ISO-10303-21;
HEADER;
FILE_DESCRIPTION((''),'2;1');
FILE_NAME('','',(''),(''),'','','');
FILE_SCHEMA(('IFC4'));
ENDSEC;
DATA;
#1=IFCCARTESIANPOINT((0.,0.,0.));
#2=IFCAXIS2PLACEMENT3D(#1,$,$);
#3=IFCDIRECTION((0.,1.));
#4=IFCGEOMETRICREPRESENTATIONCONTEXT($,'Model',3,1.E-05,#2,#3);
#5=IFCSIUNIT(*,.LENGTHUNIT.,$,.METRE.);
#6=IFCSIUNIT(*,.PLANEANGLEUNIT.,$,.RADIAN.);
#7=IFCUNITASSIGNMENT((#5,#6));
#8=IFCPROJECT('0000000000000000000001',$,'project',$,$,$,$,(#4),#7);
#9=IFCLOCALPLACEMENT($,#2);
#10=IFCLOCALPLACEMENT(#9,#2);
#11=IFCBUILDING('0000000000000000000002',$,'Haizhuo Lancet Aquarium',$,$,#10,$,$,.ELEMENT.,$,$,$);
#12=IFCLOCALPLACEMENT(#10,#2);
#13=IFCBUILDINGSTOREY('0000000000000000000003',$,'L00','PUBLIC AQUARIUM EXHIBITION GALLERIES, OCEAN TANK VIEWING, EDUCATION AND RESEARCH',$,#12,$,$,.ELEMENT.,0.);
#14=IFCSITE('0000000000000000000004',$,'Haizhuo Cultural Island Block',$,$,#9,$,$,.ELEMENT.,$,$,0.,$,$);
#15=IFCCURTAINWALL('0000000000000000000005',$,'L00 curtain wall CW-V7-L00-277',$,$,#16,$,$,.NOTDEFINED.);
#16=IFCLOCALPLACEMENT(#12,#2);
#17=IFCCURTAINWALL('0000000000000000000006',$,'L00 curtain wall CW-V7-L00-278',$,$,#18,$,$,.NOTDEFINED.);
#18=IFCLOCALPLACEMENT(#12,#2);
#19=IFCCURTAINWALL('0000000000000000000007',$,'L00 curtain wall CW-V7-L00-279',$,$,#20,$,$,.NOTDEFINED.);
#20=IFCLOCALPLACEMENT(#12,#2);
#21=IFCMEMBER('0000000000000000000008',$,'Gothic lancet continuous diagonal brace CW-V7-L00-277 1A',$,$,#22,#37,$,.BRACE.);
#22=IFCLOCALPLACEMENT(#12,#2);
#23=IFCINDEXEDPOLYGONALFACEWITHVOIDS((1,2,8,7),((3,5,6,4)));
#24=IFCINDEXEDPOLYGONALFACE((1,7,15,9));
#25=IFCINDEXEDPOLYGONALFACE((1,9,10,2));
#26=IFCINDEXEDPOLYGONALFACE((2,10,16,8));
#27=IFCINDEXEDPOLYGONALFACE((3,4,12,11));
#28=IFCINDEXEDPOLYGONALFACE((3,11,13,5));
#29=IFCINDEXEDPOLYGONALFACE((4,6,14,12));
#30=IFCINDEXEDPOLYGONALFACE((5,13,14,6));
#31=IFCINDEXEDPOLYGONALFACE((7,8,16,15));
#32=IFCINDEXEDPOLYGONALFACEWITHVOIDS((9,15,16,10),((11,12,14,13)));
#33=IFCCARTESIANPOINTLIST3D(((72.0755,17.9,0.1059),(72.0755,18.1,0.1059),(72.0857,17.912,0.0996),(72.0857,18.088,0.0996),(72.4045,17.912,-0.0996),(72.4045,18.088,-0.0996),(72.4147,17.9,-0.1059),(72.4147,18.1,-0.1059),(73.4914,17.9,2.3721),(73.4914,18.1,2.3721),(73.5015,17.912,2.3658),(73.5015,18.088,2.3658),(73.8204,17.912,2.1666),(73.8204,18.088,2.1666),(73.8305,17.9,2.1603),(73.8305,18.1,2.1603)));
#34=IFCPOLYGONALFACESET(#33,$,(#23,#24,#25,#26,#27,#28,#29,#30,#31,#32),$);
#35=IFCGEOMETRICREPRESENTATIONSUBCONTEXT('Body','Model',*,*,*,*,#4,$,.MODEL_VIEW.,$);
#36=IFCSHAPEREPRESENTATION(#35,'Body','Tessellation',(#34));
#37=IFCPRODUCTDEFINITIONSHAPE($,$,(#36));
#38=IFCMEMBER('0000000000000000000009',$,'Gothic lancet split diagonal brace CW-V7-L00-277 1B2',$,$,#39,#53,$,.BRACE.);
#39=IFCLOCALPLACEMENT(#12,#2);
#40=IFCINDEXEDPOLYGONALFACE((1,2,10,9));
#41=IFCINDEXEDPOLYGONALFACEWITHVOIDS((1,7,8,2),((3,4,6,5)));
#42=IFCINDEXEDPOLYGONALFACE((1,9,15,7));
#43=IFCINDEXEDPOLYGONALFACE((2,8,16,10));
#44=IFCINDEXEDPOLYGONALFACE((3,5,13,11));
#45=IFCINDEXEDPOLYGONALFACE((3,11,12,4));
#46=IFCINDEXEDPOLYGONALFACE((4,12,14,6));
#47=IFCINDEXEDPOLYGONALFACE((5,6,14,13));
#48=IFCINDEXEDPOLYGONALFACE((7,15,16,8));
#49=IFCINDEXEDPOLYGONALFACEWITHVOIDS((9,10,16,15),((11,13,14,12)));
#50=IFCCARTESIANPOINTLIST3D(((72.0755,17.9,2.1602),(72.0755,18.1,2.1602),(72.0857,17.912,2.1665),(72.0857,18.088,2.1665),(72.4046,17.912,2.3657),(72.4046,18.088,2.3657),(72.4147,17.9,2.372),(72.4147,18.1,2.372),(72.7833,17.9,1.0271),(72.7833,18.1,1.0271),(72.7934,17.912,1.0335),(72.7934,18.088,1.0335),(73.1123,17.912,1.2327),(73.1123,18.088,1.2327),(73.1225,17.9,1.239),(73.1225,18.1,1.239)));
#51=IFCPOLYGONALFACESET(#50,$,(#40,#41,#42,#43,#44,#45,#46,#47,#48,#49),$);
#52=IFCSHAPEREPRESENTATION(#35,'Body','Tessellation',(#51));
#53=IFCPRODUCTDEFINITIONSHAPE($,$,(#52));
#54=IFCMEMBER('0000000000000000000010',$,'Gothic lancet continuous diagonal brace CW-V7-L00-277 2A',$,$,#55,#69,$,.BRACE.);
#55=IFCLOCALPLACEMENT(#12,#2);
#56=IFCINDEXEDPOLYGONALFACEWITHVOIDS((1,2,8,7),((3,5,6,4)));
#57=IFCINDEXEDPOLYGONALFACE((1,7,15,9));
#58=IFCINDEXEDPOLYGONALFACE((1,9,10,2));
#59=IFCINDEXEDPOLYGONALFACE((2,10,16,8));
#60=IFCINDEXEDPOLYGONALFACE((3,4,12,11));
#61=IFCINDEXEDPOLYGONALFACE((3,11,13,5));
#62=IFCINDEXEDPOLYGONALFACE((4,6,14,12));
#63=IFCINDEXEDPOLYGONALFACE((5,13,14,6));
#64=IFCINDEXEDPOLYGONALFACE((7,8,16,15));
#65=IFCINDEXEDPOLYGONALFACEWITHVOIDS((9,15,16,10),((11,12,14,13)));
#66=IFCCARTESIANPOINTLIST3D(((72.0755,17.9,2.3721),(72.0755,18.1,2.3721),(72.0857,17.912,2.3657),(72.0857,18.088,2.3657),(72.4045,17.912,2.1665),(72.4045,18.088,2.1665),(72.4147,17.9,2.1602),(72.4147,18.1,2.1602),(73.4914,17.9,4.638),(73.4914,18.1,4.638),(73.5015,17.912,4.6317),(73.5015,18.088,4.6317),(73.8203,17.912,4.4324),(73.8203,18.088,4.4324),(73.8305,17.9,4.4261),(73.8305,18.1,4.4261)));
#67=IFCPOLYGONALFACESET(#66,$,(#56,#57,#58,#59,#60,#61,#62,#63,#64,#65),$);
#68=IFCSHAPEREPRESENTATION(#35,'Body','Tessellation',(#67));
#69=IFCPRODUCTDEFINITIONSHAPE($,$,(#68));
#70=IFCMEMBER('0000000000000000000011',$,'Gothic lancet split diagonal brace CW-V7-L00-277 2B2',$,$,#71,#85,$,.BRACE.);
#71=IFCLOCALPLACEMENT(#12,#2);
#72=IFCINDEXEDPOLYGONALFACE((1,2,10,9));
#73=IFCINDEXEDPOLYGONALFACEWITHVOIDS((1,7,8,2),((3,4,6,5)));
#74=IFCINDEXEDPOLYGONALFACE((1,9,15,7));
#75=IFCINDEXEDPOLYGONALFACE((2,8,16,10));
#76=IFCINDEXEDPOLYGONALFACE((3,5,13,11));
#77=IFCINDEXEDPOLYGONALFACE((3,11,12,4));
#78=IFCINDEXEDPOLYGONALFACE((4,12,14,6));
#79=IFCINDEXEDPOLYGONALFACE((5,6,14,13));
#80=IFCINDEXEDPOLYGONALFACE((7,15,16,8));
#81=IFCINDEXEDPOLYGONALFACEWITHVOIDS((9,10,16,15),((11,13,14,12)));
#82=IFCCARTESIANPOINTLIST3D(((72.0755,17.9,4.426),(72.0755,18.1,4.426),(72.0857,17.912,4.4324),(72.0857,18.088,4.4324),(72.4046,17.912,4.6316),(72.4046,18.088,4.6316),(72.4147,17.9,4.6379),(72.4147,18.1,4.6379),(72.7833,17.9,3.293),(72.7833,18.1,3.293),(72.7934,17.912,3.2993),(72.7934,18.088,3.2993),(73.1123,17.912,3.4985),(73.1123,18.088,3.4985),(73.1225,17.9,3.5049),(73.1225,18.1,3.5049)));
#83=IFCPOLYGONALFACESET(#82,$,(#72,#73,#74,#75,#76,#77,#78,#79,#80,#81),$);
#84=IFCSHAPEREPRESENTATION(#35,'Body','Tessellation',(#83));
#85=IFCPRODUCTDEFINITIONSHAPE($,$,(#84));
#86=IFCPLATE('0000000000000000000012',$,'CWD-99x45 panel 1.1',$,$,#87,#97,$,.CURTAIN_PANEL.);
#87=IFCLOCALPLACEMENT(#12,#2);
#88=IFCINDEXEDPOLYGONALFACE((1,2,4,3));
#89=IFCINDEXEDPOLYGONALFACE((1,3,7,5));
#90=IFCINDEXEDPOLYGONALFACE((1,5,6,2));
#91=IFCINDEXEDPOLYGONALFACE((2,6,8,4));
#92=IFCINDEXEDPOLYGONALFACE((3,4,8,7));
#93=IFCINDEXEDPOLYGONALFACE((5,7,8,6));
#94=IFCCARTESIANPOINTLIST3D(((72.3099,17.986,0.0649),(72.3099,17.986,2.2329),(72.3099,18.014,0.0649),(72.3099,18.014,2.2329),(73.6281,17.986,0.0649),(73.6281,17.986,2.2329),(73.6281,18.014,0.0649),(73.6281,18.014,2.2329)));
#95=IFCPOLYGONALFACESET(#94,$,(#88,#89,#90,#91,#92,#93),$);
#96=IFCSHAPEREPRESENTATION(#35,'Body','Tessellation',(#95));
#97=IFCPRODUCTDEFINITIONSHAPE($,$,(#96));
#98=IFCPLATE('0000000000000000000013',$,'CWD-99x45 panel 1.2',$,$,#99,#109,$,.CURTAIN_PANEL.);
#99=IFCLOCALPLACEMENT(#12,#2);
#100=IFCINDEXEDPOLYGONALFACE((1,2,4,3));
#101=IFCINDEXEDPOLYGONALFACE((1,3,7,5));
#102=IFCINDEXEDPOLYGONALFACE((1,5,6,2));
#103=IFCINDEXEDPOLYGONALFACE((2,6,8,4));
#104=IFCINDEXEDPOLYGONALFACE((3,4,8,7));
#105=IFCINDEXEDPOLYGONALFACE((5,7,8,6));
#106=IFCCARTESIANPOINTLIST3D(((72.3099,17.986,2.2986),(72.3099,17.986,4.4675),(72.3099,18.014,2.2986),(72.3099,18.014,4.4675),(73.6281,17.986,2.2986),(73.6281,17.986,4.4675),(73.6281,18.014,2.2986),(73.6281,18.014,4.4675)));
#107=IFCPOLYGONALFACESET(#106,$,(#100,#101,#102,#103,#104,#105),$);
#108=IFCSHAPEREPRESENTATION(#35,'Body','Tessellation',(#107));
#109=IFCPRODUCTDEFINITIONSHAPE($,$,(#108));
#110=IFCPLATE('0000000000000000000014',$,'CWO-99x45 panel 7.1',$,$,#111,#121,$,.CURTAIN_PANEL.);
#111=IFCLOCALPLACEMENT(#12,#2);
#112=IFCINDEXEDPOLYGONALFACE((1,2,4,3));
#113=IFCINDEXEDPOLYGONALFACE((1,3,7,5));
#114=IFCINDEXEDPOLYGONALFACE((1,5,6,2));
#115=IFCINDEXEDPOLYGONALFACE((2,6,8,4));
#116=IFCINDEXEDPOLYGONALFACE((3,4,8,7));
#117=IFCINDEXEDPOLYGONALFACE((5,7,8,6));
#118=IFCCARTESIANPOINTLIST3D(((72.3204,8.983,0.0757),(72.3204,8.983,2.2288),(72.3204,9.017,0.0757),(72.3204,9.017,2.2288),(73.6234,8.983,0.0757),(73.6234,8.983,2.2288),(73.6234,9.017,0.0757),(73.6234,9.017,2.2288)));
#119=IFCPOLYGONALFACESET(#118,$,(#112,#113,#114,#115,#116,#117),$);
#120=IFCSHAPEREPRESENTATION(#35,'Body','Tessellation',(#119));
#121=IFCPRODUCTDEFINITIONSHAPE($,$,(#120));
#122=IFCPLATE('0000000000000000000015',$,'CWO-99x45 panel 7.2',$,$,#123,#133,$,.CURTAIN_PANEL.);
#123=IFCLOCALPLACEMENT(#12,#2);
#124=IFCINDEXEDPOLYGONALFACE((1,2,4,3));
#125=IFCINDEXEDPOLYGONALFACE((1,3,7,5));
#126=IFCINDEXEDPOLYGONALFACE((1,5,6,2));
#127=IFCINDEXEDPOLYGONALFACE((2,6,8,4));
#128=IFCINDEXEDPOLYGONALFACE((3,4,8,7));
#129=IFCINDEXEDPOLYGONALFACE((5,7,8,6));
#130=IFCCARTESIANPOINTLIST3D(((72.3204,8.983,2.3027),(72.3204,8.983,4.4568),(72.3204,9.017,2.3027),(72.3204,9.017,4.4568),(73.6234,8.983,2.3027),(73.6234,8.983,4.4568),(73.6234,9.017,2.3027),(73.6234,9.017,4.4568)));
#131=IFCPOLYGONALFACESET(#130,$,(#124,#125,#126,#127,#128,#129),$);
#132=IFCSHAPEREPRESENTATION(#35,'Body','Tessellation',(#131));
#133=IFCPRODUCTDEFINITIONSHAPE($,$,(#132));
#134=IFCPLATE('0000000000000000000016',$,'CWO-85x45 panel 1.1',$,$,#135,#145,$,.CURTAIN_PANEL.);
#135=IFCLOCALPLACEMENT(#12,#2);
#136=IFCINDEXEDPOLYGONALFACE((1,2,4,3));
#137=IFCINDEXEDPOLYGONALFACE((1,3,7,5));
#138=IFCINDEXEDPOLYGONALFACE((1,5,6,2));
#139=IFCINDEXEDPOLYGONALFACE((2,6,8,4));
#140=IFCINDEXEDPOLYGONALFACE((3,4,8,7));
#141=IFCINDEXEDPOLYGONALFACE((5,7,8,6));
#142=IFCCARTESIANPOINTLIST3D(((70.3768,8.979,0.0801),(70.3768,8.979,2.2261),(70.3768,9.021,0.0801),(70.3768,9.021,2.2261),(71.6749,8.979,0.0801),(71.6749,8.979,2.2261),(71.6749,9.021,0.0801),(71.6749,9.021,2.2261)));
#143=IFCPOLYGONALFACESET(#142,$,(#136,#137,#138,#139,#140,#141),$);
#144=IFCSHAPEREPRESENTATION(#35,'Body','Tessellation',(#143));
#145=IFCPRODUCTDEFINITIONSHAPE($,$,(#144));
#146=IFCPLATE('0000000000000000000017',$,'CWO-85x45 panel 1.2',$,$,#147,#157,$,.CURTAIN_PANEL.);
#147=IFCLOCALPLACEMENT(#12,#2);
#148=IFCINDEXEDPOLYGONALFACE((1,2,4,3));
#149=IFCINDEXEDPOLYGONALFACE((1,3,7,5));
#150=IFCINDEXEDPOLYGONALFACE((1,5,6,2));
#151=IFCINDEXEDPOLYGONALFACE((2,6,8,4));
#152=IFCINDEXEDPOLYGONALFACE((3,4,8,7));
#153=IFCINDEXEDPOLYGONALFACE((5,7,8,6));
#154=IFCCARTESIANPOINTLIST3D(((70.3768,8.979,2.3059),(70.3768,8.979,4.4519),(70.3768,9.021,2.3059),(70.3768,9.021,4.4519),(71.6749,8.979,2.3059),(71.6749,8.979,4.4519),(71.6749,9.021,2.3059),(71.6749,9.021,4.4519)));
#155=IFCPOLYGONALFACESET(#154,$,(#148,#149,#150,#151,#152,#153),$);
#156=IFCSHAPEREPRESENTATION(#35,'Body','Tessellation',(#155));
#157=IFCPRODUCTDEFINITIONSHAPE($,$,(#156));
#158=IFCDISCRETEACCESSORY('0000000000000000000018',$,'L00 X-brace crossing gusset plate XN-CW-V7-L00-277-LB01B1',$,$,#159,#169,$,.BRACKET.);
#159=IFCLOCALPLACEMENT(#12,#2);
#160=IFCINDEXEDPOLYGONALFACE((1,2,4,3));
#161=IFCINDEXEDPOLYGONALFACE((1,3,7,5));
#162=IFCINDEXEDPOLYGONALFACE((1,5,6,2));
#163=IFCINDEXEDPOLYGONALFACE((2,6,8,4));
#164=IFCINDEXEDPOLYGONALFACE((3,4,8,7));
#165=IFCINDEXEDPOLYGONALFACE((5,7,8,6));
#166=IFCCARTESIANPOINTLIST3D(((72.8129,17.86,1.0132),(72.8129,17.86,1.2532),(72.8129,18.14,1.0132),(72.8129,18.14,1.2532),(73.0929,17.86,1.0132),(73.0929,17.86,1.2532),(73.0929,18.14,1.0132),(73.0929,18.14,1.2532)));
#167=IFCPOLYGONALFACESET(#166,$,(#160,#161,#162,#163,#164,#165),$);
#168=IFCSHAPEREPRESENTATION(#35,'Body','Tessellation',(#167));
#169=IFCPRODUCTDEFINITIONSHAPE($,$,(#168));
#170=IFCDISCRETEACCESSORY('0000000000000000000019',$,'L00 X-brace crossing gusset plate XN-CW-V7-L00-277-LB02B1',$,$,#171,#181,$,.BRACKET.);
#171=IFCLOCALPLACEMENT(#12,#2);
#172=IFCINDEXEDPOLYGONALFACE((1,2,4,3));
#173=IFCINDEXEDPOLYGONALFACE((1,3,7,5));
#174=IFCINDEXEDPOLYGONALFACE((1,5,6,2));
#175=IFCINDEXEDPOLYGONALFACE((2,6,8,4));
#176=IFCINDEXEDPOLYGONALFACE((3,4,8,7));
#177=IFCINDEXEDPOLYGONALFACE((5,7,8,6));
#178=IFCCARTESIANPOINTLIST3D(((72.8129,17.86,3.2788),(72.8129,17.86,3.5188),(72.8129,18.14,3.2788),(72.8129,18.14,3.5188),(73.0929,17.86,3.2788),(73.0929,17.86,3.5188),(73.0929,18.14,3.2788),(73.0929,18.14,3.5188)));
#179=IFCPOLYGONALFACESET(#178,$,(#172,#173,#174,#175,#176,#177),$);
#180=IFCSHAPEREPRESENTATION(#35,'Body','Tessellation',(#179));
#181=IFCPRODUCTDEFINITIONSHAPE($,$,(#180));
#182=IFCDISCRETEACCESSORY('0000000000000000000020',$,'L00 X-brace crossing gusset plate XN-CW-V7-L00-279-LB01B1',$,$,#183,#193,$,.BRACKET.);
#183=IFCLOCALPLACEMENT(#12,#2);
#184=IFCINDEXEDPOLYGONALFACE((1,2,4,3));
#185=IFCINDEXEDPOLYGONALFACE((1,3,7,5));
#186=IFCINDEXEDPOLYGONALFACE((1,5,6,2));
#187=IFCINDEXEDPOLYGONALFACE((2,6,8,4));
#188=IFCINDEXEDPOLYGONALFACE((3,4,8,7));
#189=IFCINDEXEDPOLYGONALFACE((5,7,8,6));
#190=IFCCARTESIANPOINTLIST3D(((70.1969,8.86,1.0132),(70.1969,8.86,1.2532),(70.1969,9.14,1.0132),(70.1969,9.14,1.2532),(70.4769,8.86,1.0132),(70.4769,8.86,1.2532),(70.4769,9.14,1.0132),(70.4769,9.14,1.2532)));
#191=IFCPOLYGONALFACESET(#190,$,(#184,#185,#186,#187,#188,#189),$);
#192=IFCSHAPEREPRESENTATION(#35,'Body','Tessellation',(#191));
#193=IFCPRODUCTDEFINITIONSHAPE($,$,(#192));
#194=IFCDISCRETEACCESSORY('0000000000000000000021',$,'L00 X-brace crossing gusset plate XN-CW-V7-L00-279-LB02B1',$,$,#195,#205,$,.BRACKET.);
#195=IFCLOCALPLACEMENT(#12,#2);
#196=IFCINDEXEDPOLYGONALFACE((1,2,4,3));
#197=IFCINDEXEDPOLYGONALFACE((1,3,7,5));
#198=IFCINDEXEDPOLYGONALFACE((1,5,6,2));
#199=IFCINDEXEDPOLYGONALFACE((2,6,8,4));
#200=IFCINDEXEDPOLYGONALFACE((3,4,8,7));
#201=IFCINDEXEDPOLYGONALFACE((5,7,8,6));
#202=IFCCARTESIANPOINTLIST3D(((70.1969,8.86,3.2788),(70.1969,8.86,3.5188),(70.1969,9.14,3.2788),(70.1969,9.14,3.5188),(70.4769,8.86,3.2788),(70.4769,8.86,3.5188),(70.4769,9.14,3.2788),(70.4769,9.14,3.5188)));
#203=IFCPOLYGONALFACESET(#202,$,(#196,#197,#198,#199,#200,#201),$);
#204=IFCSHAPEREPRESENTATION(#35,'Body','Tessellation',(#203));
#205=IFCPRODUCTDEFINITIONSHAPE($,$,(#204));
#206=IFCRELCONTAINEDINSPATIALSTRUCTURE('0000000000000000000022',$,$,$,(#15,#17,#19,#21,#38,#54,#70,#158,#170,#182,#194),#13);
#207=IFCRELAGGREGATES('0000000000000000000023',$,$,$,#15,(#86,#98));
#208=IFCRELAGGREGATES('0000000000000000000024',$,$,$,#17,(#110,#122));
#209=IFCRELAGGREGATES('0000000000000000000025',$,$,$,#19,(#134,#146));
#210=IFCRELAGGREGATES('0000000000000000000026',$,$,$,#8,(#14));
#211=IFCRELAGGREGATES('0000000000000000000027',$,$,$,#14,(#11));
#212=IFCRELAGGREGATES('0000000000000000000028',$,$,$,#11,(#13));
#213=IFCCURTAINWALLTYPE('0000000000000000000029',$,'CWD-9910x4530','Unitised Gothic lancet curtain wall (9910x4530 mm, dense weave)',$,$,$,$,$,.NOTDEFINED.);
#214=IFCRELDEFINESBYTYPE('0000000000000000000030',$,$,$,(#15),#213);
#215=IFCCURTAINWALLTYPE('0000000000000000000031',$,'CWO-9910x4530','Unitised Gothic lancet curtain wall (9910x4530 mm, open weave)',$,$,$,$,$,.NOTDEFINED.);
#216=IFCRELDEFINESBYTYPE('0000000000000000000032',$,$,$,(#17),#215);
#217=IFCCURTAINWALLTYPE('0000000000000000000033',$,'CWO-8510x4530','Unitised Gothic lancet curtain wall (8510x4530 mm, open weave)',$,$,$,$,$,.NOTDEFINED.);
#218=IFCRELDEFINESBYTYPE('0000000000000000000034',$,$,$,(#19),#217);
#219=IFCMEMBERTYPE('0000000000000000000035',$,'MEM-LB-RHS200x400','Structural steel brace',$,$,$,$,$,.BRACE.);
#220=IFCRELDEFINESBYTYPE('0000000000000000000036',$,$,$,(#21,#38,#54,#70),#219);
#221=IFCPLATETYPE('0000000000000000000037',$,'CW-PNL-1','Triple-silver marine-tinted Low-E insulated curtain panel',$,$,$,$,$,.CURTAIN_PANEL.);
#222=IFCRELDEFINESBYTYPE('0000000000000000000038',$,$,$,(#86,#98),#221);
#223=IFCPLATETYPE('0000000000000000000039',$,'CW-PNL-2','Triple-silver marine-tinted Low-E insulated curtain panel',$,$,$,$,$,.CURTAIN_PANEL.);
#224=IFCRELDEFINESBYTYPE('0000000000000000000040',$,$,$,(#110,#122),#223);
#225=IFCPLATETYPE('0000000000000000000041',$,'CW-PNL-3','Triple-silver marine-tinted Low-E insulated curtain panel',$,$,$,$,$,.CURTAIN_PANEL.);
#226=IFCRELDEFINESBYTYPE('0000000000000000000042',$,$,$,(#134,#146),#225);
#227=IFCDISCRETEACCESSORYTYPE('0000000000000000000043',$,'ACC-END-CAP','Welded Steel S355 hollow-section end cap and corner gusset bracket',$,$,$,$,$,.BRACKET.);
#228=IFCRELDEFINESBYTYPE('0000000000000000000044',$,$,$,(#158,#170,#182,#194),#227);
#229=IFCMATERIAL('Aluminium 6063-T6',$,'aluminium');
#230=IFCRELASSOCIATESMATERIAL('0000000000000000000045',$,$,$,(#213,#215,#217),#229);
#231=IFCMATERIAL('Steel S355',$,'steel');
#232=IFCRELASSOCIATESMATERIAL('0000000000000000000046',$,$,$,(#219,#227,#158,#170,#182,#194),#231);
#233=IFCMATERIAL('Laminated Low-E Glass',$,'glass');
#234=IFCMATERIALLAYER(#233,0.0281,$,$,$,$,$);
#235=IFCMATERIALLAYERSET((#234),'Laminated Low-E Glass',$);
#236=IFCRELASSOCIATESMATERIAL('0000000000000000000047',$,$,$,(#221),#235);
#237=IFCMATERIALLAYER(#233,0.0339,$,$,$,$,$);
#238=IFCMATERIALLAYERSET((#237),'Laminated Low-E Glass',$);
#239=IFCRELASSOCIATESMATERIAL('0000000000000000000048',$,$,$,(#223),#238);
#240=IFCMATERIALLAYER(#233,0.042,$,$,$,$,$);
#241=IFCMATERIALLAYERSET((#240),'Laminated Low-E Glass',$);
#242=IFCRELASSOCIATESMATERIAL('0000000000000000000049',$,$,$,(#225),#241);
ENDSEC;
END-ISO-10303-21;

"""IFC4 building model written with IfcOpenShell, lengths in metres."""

from ifc_helpers import new_model, si_unit, direction, frame, origin, origin_2d, place, context, subcontext, project, spatial, rectangle, hollow_rectangle, extrude, material, layer, layer_set, material_profile, profile_set, type_object, element, aggregate, save


model = new_model("IFC4")

# Units and contexts
model_context = context("Model", 3, precision=1e-05, world=origin(), true_north=direction((0.0, 1.0)))
body_context = subcontext(model_context, "Body", "Model", "MODEL_VIEW")
ifc_project = project(units=[si_unit("LENGTHUNIT", "METRE"), si_unit("PLANEANGLEUNIT", "RADIAN")], contexts=[model_context])

# Site, building, storey
site_placement = place(None, origin())
site = spatial("IfcSite", under=ifc_project, at=site_placement, Name="Haizhuo Cultural Island Block", CompositionType="ELEMENT", RefElevation=0.0)
building_placement = place(site_placement, origin())
building = spatial("IfcBuilding", under=site, at=building_placement, Name="Haizhuo Lancet Aquarium", CompositionType="ELEMENT")
storey_placement = place(building_placement, origin())
storey = spatial("IfcBuildingStorey", under=building, at=storey_placement, Name="L00", Description="PUBLIC AQUARIUM EXHIBITION GALLERIES, OCEAN TANK VIEWING, EDUCATION AND RESEARCH", CompositionType="ELEMENT", Elevation=0.0)

# Shared definitions
ifc_material_1 = material(Name="Steel S355", Category="steel")

# Curtain walls
ifc_material_2 = material(Name="Aluminium 6063-T6", Category="aluminium")
curtain_wall_type_1 = type_object("IfcCurtainWallType", Name="CWD-9910x4530", Description="Unitised Gothic lancet curtain wall (9910x4530 mm, dense weave)", PredefinedType="NOTDEFINED", material=ifc_material_2)
curtain_wall_1_placement = place(storey_placement, origin())
curtain_wall_1 = element("IfcCurtainWall", 1, at=curtain_wall_1_placement, inside=storey, type_object=curtain_wall_type_1, Name="L00 curtain wall CW-V7-L00-277", PredefinedType="NOTDEFINED")
curtain_wall_type_2 = type_object("IfcCurtainWallType", Name="CWO-9910x4530", Description="Unitised Gothic lancet curtain wall (9910x4530 mm, open weave)", PredefinedType="NOTDEFINED", material=ifc_material_2)
curtain_wall_2_placement = place(storey_placement, origin())
curtain_wall_2 = element("IfcCurtainWall", 2, at=curtain_wall_2_placement, inside=storey, type_object=curtain_wall_type_2, Name="L00 curtain wall CW-V7-L00-278", PredefinedType="NOTDEFINED")

# Curtain wall
curtain_wall_type_3 = type_object("IfcCurtainWallType", Name="CWO-8510x4530", Description="Unitised Gothic lancet curtain wall (8510x4530 mm, open weave)", PredefinedType="NOTDEFINED", material=ifc_material_2)
curtain_wall_3_placement = place(storey_placement, origin())
curtain_wall_3 = element("IfcCurtainWall", 3, at=curtain_wall_3_placement, inside=storey, type_object=curtain_wall_type_3, Name="L00 curtain wall CW-V7-L00-279", PredefinedType="NOTDEFINED")

# Members
ifc_material_profile_1 = material_profile(ifc_material_1, hollow_rectangle(XDim=0.2, YDim=0.3999, WallThickness=0.012, at=origin_2d()), Name="RHS 200x400x12")
ifc_profile_set_1 = profile_set([ifc_material_profile_1], Name="Steel S355")
member_type_1 = type_object("IfcMemberType", Name="MEM-LB-RHS200x400", Description="Structural steel brace", PredefinedType="BRACE", material=ifc_profile_set_1)
member_1_placement = place(storey_placement, frame((72.2451, 18.0, 0.0), z_axis=(0.529851, 0.0, 0.848091), x_axis=(0.0, 1.0, 0.0)))
element("IfcMember", 4, at=member_1_placement, inside=storey, type_object=member_type_1, Name="Gothic lancet continuous diagonal brace CW-V7-L00-277 1A", PredefinedType="BRACE", context=body_context, shape_type="SweptSolid", body=[
    extrude(hollow_rectangle(XDim=0.2, YDim=0.3999, WallThickness=0.012, at=origin_2d()), origin(), (0.0, 0.0, 1.0), 2.6721),
])
member_2_placement = place(storey_placement, frame((72.9529, 18.0, 1.1331), z_axis=(-0.529785, 0.0, 0.848132), x_axis=(0.0, -1.0, 0.0)))
element("IfcMember", 5, at=member_2_placement, inside=storey, type_object=member_type_1, Name="Gothic lancet split diagonal brace CW-V7-L00-277 1B2", PredefinedType="BRACE", context=body_context, shape_type="SweptSolid", body=[
    extrude(hollow_rectangle(XDim=0.2, YDim=0.3999, WallThickness=0.012, at=origin_2d()), origin(), (0.0, 0.0, 1.0), 1.3359),
])
member_3_placement = place(storey_placement, frame((72.2451, 18.0, 2.2661), z_axis=(0.529892, 0.0, 0.848065), x_axis=(0.0, 1.0, 0.0)))
element("IfcMember", 6, at=member_3_placement, inside=storey, type_object=member_type_1, Name="Gothic lancet continuous diagonal brace CW-V7-L00-277 2A", PredefinedType="BRACE", context=body_context, shape_type="SweptSolid", body=[
    extrude(hollow_rectangle(XDim=0.2, YDim=0.3999, WallThickness=0.012, at=origin_2d()), origin(), (0.0, 0.0, 1.0), 2.6719),
])
member_4_placement = place(storey_placement, frame((72.9529, 18.0, 3.3989), z_axis=(-0.529785, 0.0, 0.848132), x_axis=(0.0, -1.0, 0.0)))
element("IfcMember", 7, at=member_4_placement, inside=storey, type_object=member_type_1, Name="Gothic lancet split diagonal brace CW-V7-L00-277 2B2", PredefinedType="BRACE", context=body_context, shape_type="SweptSolid", body=[
    extrude(hollow_rectangle(XDim=0.2, YDim=0.3999, WallThickness=0.012, at=origin_2d()), origin(), (0.0, 0.0, 1.0), 1.3359),
])

# Plates
ifc_material_3 = material(Name="Laminated Low-E Glass", Category="glass")
ifc_layer_1 = layer(ifc_material_3, 0.0281)
ifc_layer_set_1 = layer_set([ifc_layer_1], Name="Laminated Low-E Glass")
plate_type_1 = type_object("IfcPlateType", Name="CW-PNL-1", Description="Triple-silver marine-tinted Low-E insulated curtain panel", PredefinedType="CURTAIN_PANEL", material=ifc_layer_set_1)
plate_1_placement = place(storey_placement, frame((72.969, 18.0, 0.0649), z_axis=(0.0, 0.0, 1.0), x_axis=(1.0, 0.0, 0.0)))
plate_1 = element("IfcPlate", 8, at=plate_1_placement, type_object=plate_type_1, Name="CWD-99x45 panel 1.1", PredefinedType="CURTAIN_PANEL", context=body_context, shape_type="SweptSolid", body=[
    extrude(rectangle(XDim=1.3181, YDim=0.0281, at=origin_2d()), origin(), (0.0, 0.0, 1.0), 2.168),
])
plate_2_placement = place(storey_placement, frame((72.969, 18.0, 2.2986), z_axis=(0.0, 0.0, 1.0), x_axis=(1.0, 0.0, 0.0)))
plate_2 = element("IfcPlate", 9, at=plate_2_placement, type_object=plate_type_1, Name="CWD-99x45 panel 1.2", PredefinedType="CURTAIN_PANEL", context=body_context, shape_type="SweptSolid", body=[
    extrude(rectangle(XDim=1.3181, YDim=0.0281, at=origin_2d()), origin(), (0.0, 0.0, 1.0), 2.1689),
])
aggregate(curtain_wall_1, [plate_1, plate_2])
ifc_layer_2 = layer(ifc_material_3, 0.0339)
ifc_layer_set_2 = layer_set([ifc_layer_2], Name="Laminated Low-E Glass")
plate_type_2 = type_object("IfcPlateType", Name="CW-PNL-2", Description="Triple-silver marine-tinted Low-E insulated curtain panel", PredefinedType="CURTAIN_PANEL", material=ifc_layer_set_2)
plate_3_placement = place(storey_placement, frame((72.9719, 9.0, 0.0757), z_axis=(0.0, 0.0, 1.0), x_axis=(-1.0, 0.0, 0.0)))
plate_3 = element("IfcPlate", 10, at=plate_3_placement, type_object=plate_type_2, Name="CWO-99x45 panel 7.1", PredefinedType="CURTAIN_PANEL", context=body_context, shape_type="SweptSolid", body=[
    extrude(rectangle(XDim=1.303, YDim=0.0339, at=origin_2d()), origin(), (0.0, 0.0, 1.0), 2.1531),
])
plate_4_placement = place(storey_placement, frame((72.9719, 9.0, 2.3027), z_axis=(0.0, 0.0, 1.0), x_axis=(-1.0, 0.0, 0.0)))
plate_4 = element("IfcPlate", 11, at=plate_4_placement, type_object=plate_type_2, Name="CWO-99x45 panel 7.2", PredefinedType="CURTAIN_PANEL", context=body_context, shape_type="SweptSolid", body=[
    extrude(rectangle(XDim=1.303, YDim=0.0339, at=origin_2d()), origin(), (0.0, 0.0, 1.0), 2.1541),
])
aggregate(curtain_wall_2, [plate_3, plate_4])
ifc_layer_3 = layer(ifc_material_3, 0.042)
ifc_layer_set_3 = layer_set([ifc_layer_3], Name="Laminated Low-E Glass")
plate_type_3 = type_object("IfcPlateType", Name="CW-PNL-3", Description="Triple-silver marine-tinted Low-E insulated curtain panel", PredefinedType="CURTAIN_PANEL", material=ifc_layer_set_3)
plate_5_placement = place(storey_placement, frame((71.0259, 9.0, 0.0801), z_axis=(0.0, 0.0, 1.0), x_axis=(-1.0, 0.0, 0.0)))
plate_5 = element("IfcPlate", 12, at=plate_5_placement, type_object=plate_type_3, Name="CWO-85x45 panel 1.1", PredefinedType="CURTAIN_PANEL", context=body_context, shape_type="SweptSolid", body=[
    extrude(rectangle(XDim=1.2981, YDim=0.042, at=origin_2d()), origin(), (0.0, 0.0, 1.0), 2.146),
])
plate_6_placement = place(storey_placement, frame((71.0259, 9.0, 2.3059), z_axis=(0.0, 0.0, 1.0), x_axis=(-1.0, 0.0, 0.0)))
plate_6 = element("IfcPlate", 13, at=plate_6_placement, type_object=plate_type_3, Name="CWO-85x45 panel 1.2", PredefinedType="CURTAIN_PANEL", context=body_context, shape_type="SweptSolid", body=[
    extrude(rectangle(XDim=1.2981, YDim=0.042, at=origin_2d()), origin(), (0.0, 0.0, 1.0), 2.146),
])
aggregate(curtain_wall_3, [plate_5, plate_6])

# Discrete accessories
discrete_accessory_type = type_object("IfcDiscreteAccessoryType", Name="ACC-END-CAP", Description="Welded Steel S355 hollow-section end cap and corner gusset bracket", PredefinedType="BRACKET", material=ifc_material_1)
for number, where, z_axis, x_axis, name in (
    (14, (72.9529, 18.0, 1.0132), (0.0, 0.0, 1.0), (1.0, 0.0, 0.0), "L00 X-brace crossing gusset plate XN-CW-V7-L00-277-LB01B1"),
    (15, (72.9529, 18.0, 3.2788), (0.0, 0.0, 1.0), (1.0, 0.0, 0.0), "L00 X-brace crossing gusset plate XN-CW-V7-L00-277-LB02B1"),
    (16, (70.3369, 9.0, 1.0132), (0.0, 0.0, 1.0), (1.0, 0.0, 0.0), "L00 X-brace crossing gusset plate XN-CW-V7-L00-279-LB01B1"),
    (17, (70.3369, 9.0, 3.2788), (0.0, 0.0, 1.0), (1.0, 0.0, 0.0), "L00 X-brace crossing gusset plate XN-CW-V7-L00-279-LB02B1"),
):
    element("IfcDiscreteAccessory", number, at=place(storey_placement, frame(where, z_axis=z_axis, x_axis=x_axis)), inside=storey, type_object=discrete_accessory_type, material=ifc_material_1, Name=name, PredefinedType="BRACKET", context=body_context, shape_type="SweptSolid", body=[
        extrude(rectangle(XDim=0.28, YDim=0.28, at=origin_2d()), origin(), (0.0, 0.0, 1.0), 0.24),
    ])

save(model, "model.ifc")
